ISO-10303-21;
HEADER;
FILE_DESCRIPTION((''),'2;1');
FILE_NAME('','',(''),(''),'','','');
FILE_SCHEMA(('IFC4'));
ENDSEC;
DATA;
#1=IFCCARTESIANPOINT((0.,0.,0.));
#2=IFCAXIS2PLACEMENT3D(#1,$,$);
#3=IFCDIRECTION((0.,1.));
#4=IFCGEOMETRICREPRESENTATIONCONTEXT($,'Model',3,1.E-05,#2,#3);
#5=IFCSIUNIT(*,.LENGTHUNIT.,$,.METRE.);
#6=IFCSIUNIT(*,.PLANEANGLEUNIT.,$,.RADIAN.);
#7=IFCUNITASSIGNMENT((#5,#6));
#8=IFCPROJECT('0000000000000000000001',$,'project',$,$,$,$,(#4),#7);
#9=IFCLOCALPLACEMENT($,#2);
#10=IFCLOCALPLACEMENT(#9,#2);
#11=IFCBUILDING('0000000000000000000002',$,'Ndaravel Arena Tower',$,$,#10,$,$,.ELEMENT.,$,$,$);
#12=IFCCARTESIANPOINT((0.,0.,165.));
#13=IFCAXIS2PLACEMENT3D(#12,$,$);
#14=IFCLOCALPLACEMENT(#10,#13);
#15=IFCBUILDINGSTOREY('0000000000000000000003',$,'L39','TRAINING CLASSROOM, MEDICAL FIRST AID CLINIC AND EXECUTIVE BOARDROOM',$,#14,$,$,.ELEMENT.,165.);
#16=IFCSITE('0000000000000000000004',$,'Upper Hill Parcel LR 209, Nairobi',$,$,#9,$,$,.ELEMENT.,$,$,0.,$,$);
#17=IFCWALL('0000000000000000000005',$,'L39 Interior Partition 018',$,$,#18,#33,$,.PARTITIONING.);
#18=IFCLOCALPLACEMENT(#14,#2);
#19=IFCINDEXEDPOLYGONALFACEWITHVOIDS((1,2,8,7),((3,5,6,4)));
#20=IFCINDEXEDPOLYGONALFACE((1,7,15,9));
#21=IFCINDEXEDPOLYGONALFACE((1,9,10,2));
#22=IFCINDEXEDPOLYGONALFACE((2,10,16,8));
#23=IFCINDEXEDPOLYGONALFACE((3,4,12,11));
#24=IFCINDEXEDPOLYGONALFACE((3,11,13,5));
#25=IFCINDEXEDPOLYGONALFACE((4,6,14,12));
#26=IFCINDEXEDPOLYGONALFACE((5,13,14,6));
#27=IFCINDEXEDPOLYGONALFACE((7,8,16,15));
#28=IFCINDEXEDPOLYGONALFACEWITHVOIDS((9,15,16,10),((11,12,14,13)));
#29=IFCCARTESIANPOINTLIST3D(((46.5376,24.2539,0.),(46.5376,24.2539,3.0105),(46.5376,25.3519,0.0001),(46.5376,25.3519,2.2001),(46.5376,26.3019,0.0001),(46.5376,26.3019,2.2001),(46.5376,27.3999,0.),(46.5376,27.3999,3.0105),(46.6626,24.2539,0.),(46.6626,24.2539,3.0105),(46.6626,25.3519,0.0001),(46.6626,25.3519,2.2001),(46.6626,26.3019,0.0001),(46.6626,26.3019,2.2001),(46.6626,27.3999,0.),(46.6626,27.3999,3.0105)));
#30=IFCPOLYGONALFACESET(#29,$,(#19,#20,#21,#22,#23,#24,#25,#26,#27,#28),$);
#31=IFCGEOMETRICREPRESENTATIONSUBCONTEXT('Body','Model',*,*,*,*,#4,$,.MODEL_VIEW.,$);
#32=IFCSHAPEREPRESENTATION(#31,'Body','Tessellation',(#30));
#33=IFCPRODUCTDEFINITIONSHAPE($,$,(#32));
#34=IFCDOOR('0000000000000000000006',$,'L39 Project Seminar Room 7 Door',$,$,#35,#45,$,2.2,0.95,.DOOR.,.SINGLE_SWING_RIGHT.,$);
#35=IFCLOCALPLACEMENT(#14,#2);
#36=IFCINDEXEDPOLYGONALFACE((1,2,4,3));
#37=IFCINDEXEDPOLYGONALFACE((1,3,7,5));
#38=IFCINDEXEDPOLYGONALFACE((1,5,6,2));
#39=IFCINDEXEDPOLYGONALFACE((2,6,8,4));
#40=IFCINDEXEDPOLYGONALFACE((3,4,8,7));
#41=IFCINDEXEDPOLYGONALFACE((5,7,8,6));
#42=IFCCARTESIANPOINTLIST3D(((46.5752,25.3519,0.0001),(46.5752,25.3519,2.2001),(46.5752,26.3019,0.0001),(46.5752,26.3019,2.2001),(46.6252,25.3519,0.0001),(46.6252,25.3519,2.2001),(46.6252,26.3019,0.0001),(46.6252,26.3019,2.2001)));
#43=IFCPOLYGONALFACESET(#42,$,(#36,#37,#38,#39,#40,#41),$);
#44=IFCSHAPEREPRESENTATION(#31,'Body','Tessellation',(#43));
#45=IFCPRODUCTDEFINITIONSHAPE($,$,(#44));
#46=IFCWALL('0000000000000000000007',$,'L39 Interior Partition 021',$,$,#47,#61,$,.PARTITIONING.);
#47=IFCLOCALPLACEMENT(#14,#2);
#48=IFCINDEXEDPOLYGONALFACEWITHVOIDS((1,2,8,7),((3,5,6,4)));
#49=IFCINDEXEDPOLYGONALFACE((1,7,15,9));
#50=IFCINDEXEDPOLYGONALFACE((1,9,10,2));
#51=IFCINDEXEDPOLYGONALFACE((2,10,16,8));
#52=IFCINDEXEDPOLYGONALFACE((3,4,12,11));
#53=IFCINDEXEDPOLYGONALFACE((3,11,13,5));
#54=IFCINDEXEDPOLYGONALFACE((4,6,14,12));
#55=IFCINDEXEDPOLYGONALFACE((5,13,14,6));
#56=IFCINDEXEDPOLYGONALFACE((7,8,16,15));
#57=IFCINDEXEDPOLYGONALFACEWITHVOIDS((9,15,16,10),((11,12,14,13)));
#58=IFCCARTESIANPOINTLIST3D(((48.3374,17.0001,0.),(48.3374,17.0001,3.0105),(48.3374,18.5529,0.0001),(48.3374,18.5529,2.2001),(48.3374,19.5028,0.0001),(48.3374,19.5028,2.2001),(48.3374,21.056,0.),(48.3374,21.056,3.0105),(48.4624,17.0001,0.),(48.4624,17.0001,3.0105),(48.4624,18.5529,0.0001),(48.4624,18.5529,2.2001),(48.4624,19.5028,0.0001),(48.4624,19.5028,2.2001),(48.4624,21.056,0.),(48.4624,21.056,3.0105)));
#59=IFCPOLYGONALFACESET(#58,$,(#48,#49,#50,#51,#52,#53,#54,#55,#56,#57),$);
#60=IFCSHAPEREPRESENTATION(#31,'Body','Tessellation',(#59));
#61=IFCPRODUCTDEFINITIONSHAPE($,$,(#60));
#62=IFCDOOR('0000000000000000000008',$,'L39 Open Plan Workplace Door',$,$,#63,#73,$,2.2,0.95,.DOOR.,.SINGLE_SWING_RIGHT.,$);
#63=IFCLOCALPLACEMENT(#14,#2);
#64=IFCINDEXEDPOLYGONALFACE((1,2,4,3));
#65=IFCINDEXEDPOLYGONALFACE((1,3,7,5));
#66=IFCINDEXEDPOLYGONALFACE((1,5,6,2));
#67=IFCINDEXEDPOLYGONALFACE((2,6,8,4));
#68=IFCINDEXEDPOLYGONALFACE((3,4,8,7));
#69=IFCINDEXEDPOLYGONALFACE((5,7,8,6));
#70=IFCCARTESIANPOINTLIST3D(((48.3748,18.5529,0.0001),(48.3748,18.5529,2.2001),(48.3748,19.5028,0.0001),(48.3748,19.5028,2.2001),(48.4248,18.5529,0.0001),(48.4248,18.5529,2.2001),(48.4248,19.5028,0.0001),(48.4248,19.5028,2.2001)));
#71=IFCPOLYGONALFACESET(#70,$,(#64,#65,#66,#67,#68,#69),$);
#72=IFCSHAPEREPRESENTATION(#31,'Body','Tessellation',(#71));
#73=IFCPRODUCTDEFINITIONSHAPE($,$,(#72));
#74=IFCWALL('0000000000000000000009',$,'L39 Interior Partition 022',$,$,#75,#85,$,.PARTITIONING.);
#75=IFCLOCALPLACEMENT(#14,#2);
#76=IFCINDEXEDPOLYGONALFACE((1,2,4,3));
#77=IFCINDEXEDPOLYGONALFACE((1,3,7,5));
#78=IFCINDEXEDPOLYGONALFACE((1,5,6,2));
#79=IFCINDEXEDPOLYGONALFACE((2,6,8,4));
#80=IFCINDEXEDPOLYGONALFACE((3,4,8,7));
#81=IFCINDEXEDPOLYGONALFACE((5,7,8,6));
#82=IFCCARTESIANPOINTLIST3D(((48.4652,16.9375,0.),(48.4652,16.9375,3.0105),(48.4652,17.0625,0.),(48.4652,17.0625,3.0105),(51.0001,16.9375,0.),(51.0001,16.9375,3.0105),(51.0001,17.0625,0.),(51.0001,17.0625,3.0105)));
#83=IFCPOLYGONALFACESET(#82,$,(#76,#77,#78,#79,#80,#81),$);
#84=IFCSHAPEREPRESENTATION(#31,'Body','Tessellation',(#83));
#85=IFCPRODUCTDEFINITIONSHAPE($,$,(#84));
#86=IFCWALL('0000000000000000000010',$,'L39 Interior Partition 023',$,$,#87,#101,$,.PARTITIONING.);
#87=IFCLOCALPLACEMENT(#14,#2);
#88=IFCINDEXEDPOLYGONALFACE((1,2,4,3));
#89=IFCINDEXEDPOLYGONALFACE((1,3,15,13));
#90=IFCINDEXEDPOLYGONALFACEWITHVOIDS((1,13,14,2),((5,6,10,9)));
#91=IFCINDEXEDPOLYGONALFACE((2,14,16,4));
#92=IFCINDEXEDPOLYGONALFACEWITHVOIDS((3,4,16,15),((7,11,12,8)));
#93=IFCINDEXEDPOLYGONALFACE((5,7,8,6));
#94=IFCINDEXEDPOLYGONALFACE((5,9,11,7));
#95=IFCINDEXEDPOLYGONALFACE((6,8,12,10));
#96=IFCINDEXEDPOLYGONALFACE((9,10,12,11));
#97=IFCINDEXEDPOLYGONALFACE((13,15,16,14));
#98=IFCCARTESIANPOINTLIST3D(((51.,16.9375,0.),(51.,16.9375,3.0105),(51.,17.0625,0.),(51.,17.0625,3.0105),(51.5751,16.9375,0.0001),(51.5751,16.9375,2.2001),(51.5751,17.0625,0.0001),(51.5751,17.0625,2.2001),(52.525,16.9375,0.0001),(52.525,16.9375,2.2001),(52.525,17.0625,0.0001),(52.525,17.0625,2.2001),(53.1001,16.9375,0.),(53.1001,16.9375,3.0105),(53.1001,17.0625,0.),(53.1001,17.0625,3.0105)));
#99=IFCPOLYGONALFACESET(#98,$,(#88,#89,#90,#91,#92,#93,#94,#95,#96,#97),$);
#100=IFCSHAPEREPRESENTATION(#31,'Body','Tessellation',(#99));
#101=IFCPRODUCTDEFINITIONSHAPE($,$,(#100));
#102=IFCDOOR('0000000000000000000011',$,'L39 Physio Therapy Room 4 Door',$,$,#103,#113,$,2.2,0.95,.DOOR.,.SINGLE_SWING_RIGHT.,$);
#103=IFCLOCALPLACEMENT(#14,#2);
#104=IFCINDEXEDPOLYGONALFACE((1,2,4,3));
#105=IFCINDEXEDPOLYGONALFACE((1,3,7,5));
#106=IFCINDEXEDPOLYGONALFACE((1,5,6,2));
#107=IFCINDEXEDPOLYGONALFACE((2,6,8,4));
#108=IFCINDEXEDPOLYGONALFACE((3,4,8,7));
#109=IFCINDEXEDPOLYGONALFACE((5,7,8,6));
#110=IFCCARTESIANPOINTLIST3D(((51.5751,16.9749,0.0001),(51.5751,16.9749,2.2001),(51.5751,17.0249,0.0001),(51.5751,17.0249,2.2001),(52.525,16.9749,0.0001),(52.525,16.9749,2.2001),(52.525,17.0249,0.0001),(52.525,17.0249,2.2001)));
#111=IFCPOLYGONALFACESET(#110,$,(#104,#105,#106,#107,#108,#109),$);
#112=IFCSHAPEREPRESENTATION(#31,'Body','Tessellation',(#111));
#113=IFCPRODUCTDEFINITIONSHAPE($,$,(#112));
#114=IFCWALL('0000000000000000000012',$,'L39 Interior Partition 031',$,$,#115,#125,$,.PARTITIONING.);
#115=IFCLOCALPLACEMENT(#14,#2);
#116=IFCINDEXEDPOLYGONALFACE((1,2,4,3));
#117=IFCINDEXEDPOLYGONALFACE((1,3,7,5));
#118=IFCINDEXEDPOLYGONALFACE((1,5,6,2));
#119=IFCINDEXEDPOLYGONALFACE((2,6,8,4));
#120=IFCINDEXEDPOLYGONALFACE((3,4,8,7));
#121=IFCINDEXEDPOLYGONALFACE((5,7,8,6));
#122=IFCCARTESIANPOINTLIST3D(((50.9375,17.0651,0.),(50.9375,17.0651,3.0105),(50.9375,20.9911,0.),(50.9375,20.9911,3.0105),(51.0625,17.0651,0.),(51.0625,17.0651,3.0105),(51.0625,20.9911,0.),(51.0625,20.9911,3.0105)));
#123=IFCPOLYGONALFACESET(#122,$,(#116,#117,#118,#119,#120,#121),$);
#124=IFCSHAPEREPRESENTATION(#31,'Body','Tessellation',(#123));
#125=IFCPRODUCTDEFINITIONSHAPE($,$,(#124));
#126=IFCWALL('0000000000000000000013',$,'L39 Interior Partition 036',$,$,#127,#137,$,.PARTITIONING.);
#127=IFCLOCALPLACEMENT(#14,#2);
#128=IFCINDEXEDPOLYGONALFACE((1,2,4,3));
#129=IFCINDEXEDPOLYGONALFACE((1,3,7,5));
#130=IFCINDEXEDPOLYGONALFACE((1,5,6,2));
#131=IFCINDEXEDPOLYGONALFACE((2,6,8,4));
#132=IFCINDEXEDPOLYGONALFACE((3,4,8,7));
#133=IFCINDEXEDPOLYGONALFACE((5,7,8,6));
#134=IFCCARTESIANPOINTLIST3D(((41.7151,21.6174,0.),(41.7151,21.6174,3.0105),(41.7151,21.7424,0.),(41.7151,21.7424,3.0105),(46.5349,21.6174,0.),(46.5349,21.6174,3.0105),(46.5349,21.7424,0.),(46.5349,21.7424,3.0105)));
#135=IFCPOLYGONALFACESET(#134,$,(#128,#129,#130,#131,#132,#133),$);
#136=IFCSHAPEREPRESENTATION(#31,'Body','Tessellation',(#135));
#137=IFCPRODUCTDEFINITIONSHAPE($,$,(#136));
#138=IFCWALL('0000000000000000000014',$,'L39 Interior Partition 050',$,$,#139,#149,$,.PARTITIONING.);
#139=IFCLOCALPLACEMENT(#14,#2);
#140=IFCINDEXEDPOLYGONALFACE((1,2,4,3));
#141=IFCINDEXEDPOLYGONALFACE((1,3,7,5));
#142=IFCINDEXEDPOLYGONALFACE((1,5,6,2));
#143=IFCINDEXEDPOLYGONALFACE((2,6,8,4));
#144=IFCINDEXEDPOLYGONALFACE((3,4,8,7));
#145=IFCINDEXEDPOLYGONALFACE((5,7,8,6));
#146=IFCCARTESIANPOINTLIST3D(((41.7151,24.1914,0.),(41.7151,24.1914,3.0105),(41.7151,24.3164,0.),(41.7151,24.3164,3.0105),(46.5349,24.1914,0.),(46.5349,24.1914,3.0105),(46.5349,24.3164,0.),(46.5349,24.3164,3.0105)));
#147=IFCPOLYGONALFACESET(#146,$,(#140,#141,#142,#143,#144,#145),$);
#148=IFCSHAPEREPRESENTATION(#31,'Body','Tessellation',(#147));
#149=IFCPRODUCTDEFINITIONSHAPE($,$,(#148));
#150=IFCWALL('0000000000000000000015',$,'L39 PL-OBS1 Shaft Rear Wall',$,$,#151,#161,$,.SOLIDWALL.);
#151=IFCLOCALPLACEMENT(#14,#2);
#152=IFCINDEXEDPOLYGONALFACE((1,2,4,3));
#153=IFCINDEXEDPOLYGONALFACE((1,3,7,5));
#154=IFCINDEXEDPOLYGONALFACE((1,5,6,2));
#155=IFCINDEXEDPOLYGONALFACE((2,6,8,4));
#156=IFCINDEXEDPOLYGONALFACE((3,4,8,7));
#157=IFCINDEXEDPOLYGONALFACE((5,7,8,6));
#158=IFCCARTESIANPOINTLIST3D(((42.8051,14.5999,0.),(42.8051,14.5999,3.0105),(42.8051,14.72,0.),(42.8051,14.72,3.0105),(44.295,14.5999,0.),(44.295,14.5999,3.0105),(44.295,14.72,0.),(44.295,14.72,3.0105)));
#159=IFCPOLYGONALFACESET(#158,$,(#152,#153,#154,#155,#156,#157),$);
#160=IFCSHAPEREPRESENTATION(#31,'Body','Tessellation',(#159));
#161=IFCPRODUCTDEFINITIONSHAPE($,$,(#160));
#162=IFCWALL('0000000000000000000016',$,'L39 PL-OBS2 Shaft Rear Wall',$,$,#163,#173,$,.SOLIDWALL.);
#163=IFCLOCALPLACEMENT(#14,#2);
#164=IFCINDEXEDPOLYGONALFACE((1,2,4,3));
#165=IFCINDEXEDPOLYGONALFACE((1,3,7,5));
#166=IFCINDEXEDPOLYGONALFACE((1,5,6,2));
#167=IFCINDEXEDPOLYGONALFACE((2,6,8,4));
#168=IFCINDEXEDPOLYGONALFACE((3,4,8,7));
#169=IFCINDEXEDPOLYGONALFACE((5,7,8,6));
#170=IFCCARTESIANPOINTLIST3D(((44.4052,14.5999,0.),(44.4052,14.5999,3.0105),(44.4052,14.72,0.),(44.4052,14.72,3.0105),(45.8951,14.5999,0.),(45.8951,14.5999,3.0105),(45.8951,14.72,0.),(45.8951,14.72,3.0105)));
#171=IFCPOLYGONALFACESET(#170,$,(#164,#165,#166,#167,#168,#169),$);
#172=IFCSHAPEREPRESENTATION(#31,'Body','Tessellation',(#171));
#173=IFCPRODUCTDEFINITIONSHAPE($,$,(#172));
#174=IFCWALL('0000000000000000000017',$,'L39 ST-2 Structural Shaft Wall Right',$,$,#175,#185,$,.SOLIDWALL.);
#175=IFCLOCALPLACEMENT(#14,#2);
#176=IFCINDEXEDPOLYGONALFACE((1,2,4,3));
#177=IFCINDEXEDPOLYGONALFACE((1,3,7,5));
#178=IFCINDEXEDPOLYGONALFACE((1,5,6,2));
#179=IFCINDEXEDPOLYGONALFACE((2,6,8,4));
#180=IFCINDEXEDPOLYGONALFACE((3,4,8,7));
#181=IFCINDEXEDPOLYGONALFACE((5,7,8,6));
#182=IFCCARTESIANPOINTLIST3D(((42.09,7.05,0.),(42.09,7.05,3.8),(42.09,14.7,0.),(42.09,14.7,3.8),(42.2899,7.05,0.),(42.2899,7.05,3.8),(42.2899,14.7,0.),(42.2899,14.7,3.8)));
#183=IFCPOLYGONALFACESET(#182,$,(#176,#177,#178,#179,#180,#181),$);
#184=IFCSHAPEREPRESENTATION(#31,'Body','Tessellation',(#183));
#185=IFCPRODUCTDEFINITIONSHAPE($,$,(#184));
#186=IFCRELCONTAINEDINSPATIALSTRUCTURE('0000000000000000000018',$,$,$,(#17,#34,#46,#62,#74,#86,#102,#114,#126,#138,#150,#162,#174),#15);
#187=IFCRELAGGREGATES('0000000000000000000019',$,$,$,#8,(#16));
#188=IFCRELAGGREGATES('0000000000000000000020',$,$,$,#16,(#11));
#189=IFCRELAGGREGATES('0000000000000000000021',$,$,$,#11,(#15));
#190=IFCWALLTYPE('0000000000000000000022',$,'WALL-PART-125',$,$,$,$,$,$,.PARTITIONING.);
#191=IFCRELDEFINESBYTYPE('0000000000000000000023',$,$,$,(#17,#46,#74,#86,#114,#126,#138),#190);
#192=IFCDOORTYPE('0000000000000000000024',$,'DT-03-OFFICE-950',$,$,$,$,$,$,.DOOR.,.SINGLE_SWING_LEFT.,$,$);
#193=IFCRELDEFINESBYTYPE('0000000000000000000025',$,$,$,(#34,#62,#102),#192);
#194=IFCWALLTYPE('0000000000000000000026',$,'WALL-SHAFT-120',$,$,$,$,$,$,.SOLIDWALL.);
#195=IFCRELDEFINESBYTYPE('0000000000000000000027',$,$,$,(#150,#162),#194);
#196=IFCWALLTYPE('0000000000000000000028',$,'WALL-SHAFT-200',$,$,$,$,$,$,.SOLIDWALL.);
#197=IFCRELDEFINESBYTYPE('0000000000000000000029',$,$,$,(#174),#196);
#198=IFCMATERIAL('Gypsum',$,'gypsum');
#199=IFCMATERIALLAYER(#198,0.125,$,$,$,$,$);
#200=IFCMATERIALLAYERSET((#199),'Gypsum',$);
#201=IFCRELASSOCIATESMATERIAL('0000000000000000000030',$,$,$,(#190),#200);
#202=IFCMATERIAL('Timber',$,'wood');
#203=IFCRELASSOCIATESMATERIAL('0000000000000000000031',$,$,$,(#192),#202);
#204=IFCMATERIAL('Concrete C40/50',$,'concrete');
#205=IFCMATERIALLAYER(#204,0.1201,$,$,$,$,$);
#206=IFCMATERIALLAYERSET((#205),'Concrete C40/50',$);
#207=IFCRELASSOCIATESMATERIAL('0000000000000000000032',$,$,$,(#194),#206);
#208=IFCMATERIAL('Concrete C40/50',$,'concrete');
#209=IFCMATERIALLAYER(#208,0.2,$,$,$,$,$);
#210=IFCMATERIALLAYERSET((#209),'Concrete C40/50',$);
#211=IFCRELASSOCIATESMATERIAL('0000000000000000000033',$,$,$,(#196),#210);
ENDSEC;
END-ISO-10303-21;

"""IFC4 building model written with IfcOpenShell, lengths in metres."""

from ifc_helpers import new_model, si_unit, direction, frame, frame_2d, origin, place, context, subcontext, project, spatial, rectangle, extrude, material, layer, layer_set, type_object, element, fill, save


model = new_model("IFC4")

# Units and contexts
model_context = context("Model", 3, precision=1e-05, world=origin(), true_north=direction((0.0, 1.0)))
body_context = subcontext(model_context, "Body", "Model", "MODEL_VIEW")
ifc_project = project(units=[si_unit("LENGTHUNIT", "METRE"), si_unit("PLANEANGLEUNIT", "RADIAN")], contexts=[model_context])

# Site, building, storey
site_placement = place(None, origin())
site = spatial("IfcSite", under=ifc_project, at=site_placement, Name="Upper Hill Parcel LR 209, Nairobi", CompositionType="ELEMENT", RefElevation=0.0)
building_placement = place(site_placement, origin())
building = spatial("IfcBuilding", under=site, at=building_placement, Name="Ndaravel Arena Tower", CompositionType="ELEMENT")
storey_placement = place(building_placement, frame((0.0, 0.0, 165.0)))
storey = spatial("IfcBuildingStorey", under=building, at=storey_placement, Name="L39", Description="TRAINING CLASSROOM, MEDICAL FIRST AID CLINIC AND EXECUTIVE BOARDROOM", CompositionType="ELEMENT", Elevation=165.0)

# Shared definitions
ifc_material_1 = material(Name="Gypsum", Category="gypsum")
ifc_layer_1 = layer(ifc_material_1, 0.125)
ifc_layer_set_1 = layer_set([ifc_layer_1], Name="Gypsum")
wall_type_1 = type_object("IfcWallType", Name="WALL-PART-125", PredefinedType="PARTITIONING", material=ifc_layer_set_1)

# Walls, openings, doors
ifc_material_2 = material(Name="Timber", Category="wood")
door_type = type_object("IfcDoorType", Name="DT-03-OFFICE-950", OperationType="SINGLE_SWING_LEFT", PredefinedType="DOOR", material=ifc_material_2)
wall_1_placement = place(storey_placement, frame((46.6001, 24.2539, 0.0), z_axis=(0.0, 0.0, 1.0), x_axis=(0.0, 1.0, 0.0)))
wall_1 = element("IfcWall", 1, at=wall_1_placement, inside=storey, type_object=wall_type_1, Name="L39 Interior Partition 018", PredefinedType="PARTITIONING", context=body_context, shape_type="SweptSolid", body=[
    extrude(rectangle(XDim=3.146, YDim=0.125, at=frame_2d((1.573, 0.0))), origin(), (0.0, 0.0, 1.0), 3.0105),
])
opening_1_placement = place(wall_1_placement, frame((1.0979, 0.0, 0.0)))
opening_1 = element("IfcOpeningElement", 2, at=opening_1_placement, cuts=wall_1, PredefinedType="OPENING", context=body_context, shape_type="SweptSolid", body=[
    extrude(rectangle(XDim=0.95, YDim=2.2, at=frame_2d((0.4751, 1.1001))), frame((0.0, 0.0625, 0.0), z_axis=(0.0, -1.0, 0.0), x_axis=(1.0, 0.0, 0.0)), (0.0, 0.0, 1.0), 0.125),
])
door_1_placement = place(opening_1_placement, origin())
door_1 = element("IfcDoor", 3, at=door_1_placement, inside=storey, type_object=door_type, Name="L39 Project Seminar Room 7 Door", OperationType="SINGLE_SWING_RIGHT", OverallHeight=2.2, OverallWidth=0.95, PredefinedType="DOOR", context=body_context, shape_type="SweptSolid", body=[
    extrude(rectangle(XDim=0.95, YDim=2.2, at=frame_2d((0.4751, 1.1001))), frame((0.0, 0.0249, 0.0), z_axis=(0.0, -1.0, 0.0), x_axis=(1.0, 0.0, 0.0)), (0.0, 0.0, 1.0), 0.05),
])
fill(opening_1, door_1)
wall_2_placement = place(storey_placement, frame((48.3999, 21.0559, 0.0), z_axis=(0.0, 0.0, 1.0), x_axis=(0.0, -1.0, 0.0)))
wall_2 = element("IfcWall", 4, at=wall_2_placement, inside=storey, type_object=wall_type_1, Name="L39 Interior Partition 021", PredefinedType="PARTITIONING", context=body_context, shape_type="SweptSolid", body=[
    extrude(rectangle(XDim=4.0559, YDim=0.125, at=frame_2d((2.0278, 0.0))), origin(), (0.0, 0.0, 1.0), 3.0105),
])
opening_2_placement = place(wall_2_placement, frame((1.553, 0.0, 0.0)))
opening_2 = element("IfcOpeningElement", 5, at=opening_2_placement, cuts=wall_2, PredefinedType="OPENING", context=body_context, shape_type="SweptSolid", body=[
    extrude(rectangle(XDim=0.95, YDim=2.2, at=frame_2d((0.4751, 1.1001))), frame((0.0, 0.0625, 0.0), z_axis=(0.0, -1.0, 0.0), x_axis=(1.0, 0.0, 0.0)), (0.0, 0.0, 1.0), 0.125),
])
door_2_placement = place(opening_2_placement, origin())
door_2 = element("IfcDoor", 6, at=door_2_placement, inside=storey, type_object=door_type, Name="L39 Open Plan Workplace Door", OperationType="SINGLE_SWING_RIGHT", OverallHeight=2.2, OverallWidth=0.95, PredefinedType="DOOR", context=body_context, shape_type="SweptSolid", body=[
    extrude(rectangle(XDim=0.95, YDim=2.2, at=frame_2d((0.4751, 1.1001))), frame((0.0, 0.0249, 0.0), z_axis=(0.0, -1.0, 0.0), x_axis=(1.0, 0.0, 0.0)), (0.0, 0.0, 1.0), 0.05),
])
fill(opening_2, door_2)

# Wall
wall_3_placement = place(storey_placement, frame((48.4651, 17.0, 0.0), z_axis=(0.0, 0.0, 1.0), x_axis=(1.0, 0.0, 0.0)))
element("IfcWall", 7, at=wall_3_placement, inside=storey, type_object=wall_type_1, Name="L39 Interior Partition 022", PredefinedType="PARTITIONING", context=body_context, shape_type="SweptSolid", body=[
    extrude(rectangle(XDim=2.5349, YDim=0.125, at=frame_2d((1.2676, 0.0))), origin(), (0.0, 0.0, 1.0), 3.0105),
])

# Wall, opening, door
wall_4_placement = place(storey_placement, frame((51.0, 17.0, 0.0), z_axis=(0.0, 0.0, 1.0), x_axis=(1.0, 0.0, 0.0)))
wall_4 = element("IfcWall", 8, at=wall_4_placement, inside=storey, type_object=wall_type_1, Name="L39 Interior Partition 023", PredefinedType="PARTITIONING", context=body_context, shape_type="SweptSolid", body=[
    extrude(rectangle(XDim=2.1001, YDim=0.125, at=frame_2d((1.05, 0.0))), origin(), (0.0, 0.0, 1.0), 3.0105),
])
opening_3_placement = place(wall_4_placement, frame((0.575, 0.0, 0.0)))
opening_3 = element("IfcOpeningElement", 9, at=opening_3_placement, cuts=wall_4, PredefinedType="OPENING", context=body_context, shape_type="SweptSolid", body=[
    extrude(rectangle(XDim=0.95, YDim=2.2, at=frame_2d((0.4751, 1.1001))), frame((0.0, 0.0625, 0.0), z_axis=(0.0, -1.0, 0.0), x_axis=(1.0, 0.0, 0.0)), (0.0, 0.0, 1.0), 0.125),
])
door_3_placement = place(opening_3_placement, origin())
door_3 = element("IfcDoor", 10, at=door_3_placement, inside=storey, type_object=door_type, Name="L39 Physio Therapy Room 4 Door", OperationType="SINGLE_SWING_RIGHT", OverallHeight=2.2, OverallWidth=0.95, PredefinedType="DOOR", context=body_context, shape_type="SweptSolid", body=[
    extrude(rectangle(XDim=0.95, YDim=2.2, at=frame_2d((0.4751, 1.1001))), frame((0.0, 0.0249, 0.0), z_axis=(0.0, -1.0, 0.0), x_axis=(1.0, 0.0, 0.0)), (0.0, 0.0, 1.0), 0.05),
])
fill(opening_3, door_3)

# Walls
wall_5_placement = place(storey_placement, frame((51.0, 20.991, 0.0), z_axis=(0.0, 0.0, 1.0), x_axis=(0.0, -1.0, 0.0)))
element("IfcWall", 11, at=wall_5_placement, inside=storey, type_object=wall_type_1, Name="L39 Interior Partition 031", PredefinedType="PARTITIONING", context=body_context, shape_type="SweptSolid", body=[
    extrude(rectangle(XDim=3.926, YDim=0.125, at=frame_2d((1.9629, 0.0))), origin(), (0.0, 0.0, 1.0), 3.0105),
])
for number, where, z_axis, x_axis, name in (
    (12, (41.7151, 21.6799, 0.0), (0.0, 0.0, 1.0), (1.0, 0.0, 0.0), "L39 Interior Partition 036"),
    (13, (41.7151, 24.2539, 0.0), (0.0, 0.0, 1.0), (1.0, 0.0, 0.0), "L39 Interior Partition 050"),
):
    element("IfcWall", number, at=place(storey_placement, frame(where, z_axis=z_axis, x_axis=x_axis)), inside=storey, type_object=wall_type_1, Name=name, PredefinedType="PARTITIONING", context=body_context, shape_type="SweptSolid", body=[
        extrude(rectangle(XDim=4.8198, YDim=0.125, at=frame_2d((2.4099, 0.0))), origin(), (0.0, 0.0, 1.0), 3.0105),
    ])
ifc_material_3 = material(Name="Concrete C40/50", Category="concrete")
ifc_layer_2 = layer(ifc_material_3, 0.1201)
ifc_layer_set_2 = layer_set([ifc_layer_2], Name="Concrete C40/50")
wall_type_2 = type_object("IfcWallType", Name="WALL-SHAFT-120", PredefinedType="SOLIDWALL", material=ifc_layer_set_2)
for number, where, z_axis, x_axis, name in (
    (14, (42.8049, 14.6599, 0.0), (0.0, 0.0, 1.0), (1.0, 0.0, 0.0), "L39 PL-OBS1 Shaft Rear Wall"),
    (15, (44.405, 14.6599, 0.0), (0.0, 0.0, 1.0), (1.0, 0.0, 0.0), "L39 PL-OBS2 Shaft Rear Wall"),
):
    element("IfcWall", number, at=place(storey_placement, frame(where, z_axis=z_axis, x_axis=x_axis)), inside=storey, type_object=wall_type_2, Name=name, PredefinedType="SOLIDWALL", context=body_context, shape_type="SweptSolid", body=[
        extrude(rectangle(XDim=1.49, YDim=0.1201, at=frame_2d((0.7451, 0.0))), origin(), (0.0, 0.0, 1.0), 3.0105),
    ])
ifc_material_4 = material(Name="Concrete C40/50", Category="concrete")
ifc_layer_3 = layer(ifc_material_4, 0.2)
ifc_layer_set_3 = layer_set([ifc_layer_3], Name="Concrete C40/50")
wall_type_3 = type_object("IfcWallType", Name="WALL-SHAFT-200", PredefinedType="SOLIDWALL", material=ifc_layer_set_3)
wall_6_placement = place(storey_placement, frame((42.1899, 14.7, 0.0), z_axis=(0.0, 0.0, 1.0), x_axis=(0.0, -1.0, 0.0)))
element("IfcWall", 16, at=wall_6_placement, inside=storey, type_object=wall_type_3, Name="L39 ST-2 Structural Shaft Wall Right", PredefinedType="SOLIDWALL", context=body_context, shape_type="SweptSolid", body=[
    extrude(rectangle(XDim=7.6499, YDim=0.2, at=frame_2d((3.825, 0.0))), origin(), (0.0, 0.0, 1.0), 3.8),
])

save(model, "model.ifc")
